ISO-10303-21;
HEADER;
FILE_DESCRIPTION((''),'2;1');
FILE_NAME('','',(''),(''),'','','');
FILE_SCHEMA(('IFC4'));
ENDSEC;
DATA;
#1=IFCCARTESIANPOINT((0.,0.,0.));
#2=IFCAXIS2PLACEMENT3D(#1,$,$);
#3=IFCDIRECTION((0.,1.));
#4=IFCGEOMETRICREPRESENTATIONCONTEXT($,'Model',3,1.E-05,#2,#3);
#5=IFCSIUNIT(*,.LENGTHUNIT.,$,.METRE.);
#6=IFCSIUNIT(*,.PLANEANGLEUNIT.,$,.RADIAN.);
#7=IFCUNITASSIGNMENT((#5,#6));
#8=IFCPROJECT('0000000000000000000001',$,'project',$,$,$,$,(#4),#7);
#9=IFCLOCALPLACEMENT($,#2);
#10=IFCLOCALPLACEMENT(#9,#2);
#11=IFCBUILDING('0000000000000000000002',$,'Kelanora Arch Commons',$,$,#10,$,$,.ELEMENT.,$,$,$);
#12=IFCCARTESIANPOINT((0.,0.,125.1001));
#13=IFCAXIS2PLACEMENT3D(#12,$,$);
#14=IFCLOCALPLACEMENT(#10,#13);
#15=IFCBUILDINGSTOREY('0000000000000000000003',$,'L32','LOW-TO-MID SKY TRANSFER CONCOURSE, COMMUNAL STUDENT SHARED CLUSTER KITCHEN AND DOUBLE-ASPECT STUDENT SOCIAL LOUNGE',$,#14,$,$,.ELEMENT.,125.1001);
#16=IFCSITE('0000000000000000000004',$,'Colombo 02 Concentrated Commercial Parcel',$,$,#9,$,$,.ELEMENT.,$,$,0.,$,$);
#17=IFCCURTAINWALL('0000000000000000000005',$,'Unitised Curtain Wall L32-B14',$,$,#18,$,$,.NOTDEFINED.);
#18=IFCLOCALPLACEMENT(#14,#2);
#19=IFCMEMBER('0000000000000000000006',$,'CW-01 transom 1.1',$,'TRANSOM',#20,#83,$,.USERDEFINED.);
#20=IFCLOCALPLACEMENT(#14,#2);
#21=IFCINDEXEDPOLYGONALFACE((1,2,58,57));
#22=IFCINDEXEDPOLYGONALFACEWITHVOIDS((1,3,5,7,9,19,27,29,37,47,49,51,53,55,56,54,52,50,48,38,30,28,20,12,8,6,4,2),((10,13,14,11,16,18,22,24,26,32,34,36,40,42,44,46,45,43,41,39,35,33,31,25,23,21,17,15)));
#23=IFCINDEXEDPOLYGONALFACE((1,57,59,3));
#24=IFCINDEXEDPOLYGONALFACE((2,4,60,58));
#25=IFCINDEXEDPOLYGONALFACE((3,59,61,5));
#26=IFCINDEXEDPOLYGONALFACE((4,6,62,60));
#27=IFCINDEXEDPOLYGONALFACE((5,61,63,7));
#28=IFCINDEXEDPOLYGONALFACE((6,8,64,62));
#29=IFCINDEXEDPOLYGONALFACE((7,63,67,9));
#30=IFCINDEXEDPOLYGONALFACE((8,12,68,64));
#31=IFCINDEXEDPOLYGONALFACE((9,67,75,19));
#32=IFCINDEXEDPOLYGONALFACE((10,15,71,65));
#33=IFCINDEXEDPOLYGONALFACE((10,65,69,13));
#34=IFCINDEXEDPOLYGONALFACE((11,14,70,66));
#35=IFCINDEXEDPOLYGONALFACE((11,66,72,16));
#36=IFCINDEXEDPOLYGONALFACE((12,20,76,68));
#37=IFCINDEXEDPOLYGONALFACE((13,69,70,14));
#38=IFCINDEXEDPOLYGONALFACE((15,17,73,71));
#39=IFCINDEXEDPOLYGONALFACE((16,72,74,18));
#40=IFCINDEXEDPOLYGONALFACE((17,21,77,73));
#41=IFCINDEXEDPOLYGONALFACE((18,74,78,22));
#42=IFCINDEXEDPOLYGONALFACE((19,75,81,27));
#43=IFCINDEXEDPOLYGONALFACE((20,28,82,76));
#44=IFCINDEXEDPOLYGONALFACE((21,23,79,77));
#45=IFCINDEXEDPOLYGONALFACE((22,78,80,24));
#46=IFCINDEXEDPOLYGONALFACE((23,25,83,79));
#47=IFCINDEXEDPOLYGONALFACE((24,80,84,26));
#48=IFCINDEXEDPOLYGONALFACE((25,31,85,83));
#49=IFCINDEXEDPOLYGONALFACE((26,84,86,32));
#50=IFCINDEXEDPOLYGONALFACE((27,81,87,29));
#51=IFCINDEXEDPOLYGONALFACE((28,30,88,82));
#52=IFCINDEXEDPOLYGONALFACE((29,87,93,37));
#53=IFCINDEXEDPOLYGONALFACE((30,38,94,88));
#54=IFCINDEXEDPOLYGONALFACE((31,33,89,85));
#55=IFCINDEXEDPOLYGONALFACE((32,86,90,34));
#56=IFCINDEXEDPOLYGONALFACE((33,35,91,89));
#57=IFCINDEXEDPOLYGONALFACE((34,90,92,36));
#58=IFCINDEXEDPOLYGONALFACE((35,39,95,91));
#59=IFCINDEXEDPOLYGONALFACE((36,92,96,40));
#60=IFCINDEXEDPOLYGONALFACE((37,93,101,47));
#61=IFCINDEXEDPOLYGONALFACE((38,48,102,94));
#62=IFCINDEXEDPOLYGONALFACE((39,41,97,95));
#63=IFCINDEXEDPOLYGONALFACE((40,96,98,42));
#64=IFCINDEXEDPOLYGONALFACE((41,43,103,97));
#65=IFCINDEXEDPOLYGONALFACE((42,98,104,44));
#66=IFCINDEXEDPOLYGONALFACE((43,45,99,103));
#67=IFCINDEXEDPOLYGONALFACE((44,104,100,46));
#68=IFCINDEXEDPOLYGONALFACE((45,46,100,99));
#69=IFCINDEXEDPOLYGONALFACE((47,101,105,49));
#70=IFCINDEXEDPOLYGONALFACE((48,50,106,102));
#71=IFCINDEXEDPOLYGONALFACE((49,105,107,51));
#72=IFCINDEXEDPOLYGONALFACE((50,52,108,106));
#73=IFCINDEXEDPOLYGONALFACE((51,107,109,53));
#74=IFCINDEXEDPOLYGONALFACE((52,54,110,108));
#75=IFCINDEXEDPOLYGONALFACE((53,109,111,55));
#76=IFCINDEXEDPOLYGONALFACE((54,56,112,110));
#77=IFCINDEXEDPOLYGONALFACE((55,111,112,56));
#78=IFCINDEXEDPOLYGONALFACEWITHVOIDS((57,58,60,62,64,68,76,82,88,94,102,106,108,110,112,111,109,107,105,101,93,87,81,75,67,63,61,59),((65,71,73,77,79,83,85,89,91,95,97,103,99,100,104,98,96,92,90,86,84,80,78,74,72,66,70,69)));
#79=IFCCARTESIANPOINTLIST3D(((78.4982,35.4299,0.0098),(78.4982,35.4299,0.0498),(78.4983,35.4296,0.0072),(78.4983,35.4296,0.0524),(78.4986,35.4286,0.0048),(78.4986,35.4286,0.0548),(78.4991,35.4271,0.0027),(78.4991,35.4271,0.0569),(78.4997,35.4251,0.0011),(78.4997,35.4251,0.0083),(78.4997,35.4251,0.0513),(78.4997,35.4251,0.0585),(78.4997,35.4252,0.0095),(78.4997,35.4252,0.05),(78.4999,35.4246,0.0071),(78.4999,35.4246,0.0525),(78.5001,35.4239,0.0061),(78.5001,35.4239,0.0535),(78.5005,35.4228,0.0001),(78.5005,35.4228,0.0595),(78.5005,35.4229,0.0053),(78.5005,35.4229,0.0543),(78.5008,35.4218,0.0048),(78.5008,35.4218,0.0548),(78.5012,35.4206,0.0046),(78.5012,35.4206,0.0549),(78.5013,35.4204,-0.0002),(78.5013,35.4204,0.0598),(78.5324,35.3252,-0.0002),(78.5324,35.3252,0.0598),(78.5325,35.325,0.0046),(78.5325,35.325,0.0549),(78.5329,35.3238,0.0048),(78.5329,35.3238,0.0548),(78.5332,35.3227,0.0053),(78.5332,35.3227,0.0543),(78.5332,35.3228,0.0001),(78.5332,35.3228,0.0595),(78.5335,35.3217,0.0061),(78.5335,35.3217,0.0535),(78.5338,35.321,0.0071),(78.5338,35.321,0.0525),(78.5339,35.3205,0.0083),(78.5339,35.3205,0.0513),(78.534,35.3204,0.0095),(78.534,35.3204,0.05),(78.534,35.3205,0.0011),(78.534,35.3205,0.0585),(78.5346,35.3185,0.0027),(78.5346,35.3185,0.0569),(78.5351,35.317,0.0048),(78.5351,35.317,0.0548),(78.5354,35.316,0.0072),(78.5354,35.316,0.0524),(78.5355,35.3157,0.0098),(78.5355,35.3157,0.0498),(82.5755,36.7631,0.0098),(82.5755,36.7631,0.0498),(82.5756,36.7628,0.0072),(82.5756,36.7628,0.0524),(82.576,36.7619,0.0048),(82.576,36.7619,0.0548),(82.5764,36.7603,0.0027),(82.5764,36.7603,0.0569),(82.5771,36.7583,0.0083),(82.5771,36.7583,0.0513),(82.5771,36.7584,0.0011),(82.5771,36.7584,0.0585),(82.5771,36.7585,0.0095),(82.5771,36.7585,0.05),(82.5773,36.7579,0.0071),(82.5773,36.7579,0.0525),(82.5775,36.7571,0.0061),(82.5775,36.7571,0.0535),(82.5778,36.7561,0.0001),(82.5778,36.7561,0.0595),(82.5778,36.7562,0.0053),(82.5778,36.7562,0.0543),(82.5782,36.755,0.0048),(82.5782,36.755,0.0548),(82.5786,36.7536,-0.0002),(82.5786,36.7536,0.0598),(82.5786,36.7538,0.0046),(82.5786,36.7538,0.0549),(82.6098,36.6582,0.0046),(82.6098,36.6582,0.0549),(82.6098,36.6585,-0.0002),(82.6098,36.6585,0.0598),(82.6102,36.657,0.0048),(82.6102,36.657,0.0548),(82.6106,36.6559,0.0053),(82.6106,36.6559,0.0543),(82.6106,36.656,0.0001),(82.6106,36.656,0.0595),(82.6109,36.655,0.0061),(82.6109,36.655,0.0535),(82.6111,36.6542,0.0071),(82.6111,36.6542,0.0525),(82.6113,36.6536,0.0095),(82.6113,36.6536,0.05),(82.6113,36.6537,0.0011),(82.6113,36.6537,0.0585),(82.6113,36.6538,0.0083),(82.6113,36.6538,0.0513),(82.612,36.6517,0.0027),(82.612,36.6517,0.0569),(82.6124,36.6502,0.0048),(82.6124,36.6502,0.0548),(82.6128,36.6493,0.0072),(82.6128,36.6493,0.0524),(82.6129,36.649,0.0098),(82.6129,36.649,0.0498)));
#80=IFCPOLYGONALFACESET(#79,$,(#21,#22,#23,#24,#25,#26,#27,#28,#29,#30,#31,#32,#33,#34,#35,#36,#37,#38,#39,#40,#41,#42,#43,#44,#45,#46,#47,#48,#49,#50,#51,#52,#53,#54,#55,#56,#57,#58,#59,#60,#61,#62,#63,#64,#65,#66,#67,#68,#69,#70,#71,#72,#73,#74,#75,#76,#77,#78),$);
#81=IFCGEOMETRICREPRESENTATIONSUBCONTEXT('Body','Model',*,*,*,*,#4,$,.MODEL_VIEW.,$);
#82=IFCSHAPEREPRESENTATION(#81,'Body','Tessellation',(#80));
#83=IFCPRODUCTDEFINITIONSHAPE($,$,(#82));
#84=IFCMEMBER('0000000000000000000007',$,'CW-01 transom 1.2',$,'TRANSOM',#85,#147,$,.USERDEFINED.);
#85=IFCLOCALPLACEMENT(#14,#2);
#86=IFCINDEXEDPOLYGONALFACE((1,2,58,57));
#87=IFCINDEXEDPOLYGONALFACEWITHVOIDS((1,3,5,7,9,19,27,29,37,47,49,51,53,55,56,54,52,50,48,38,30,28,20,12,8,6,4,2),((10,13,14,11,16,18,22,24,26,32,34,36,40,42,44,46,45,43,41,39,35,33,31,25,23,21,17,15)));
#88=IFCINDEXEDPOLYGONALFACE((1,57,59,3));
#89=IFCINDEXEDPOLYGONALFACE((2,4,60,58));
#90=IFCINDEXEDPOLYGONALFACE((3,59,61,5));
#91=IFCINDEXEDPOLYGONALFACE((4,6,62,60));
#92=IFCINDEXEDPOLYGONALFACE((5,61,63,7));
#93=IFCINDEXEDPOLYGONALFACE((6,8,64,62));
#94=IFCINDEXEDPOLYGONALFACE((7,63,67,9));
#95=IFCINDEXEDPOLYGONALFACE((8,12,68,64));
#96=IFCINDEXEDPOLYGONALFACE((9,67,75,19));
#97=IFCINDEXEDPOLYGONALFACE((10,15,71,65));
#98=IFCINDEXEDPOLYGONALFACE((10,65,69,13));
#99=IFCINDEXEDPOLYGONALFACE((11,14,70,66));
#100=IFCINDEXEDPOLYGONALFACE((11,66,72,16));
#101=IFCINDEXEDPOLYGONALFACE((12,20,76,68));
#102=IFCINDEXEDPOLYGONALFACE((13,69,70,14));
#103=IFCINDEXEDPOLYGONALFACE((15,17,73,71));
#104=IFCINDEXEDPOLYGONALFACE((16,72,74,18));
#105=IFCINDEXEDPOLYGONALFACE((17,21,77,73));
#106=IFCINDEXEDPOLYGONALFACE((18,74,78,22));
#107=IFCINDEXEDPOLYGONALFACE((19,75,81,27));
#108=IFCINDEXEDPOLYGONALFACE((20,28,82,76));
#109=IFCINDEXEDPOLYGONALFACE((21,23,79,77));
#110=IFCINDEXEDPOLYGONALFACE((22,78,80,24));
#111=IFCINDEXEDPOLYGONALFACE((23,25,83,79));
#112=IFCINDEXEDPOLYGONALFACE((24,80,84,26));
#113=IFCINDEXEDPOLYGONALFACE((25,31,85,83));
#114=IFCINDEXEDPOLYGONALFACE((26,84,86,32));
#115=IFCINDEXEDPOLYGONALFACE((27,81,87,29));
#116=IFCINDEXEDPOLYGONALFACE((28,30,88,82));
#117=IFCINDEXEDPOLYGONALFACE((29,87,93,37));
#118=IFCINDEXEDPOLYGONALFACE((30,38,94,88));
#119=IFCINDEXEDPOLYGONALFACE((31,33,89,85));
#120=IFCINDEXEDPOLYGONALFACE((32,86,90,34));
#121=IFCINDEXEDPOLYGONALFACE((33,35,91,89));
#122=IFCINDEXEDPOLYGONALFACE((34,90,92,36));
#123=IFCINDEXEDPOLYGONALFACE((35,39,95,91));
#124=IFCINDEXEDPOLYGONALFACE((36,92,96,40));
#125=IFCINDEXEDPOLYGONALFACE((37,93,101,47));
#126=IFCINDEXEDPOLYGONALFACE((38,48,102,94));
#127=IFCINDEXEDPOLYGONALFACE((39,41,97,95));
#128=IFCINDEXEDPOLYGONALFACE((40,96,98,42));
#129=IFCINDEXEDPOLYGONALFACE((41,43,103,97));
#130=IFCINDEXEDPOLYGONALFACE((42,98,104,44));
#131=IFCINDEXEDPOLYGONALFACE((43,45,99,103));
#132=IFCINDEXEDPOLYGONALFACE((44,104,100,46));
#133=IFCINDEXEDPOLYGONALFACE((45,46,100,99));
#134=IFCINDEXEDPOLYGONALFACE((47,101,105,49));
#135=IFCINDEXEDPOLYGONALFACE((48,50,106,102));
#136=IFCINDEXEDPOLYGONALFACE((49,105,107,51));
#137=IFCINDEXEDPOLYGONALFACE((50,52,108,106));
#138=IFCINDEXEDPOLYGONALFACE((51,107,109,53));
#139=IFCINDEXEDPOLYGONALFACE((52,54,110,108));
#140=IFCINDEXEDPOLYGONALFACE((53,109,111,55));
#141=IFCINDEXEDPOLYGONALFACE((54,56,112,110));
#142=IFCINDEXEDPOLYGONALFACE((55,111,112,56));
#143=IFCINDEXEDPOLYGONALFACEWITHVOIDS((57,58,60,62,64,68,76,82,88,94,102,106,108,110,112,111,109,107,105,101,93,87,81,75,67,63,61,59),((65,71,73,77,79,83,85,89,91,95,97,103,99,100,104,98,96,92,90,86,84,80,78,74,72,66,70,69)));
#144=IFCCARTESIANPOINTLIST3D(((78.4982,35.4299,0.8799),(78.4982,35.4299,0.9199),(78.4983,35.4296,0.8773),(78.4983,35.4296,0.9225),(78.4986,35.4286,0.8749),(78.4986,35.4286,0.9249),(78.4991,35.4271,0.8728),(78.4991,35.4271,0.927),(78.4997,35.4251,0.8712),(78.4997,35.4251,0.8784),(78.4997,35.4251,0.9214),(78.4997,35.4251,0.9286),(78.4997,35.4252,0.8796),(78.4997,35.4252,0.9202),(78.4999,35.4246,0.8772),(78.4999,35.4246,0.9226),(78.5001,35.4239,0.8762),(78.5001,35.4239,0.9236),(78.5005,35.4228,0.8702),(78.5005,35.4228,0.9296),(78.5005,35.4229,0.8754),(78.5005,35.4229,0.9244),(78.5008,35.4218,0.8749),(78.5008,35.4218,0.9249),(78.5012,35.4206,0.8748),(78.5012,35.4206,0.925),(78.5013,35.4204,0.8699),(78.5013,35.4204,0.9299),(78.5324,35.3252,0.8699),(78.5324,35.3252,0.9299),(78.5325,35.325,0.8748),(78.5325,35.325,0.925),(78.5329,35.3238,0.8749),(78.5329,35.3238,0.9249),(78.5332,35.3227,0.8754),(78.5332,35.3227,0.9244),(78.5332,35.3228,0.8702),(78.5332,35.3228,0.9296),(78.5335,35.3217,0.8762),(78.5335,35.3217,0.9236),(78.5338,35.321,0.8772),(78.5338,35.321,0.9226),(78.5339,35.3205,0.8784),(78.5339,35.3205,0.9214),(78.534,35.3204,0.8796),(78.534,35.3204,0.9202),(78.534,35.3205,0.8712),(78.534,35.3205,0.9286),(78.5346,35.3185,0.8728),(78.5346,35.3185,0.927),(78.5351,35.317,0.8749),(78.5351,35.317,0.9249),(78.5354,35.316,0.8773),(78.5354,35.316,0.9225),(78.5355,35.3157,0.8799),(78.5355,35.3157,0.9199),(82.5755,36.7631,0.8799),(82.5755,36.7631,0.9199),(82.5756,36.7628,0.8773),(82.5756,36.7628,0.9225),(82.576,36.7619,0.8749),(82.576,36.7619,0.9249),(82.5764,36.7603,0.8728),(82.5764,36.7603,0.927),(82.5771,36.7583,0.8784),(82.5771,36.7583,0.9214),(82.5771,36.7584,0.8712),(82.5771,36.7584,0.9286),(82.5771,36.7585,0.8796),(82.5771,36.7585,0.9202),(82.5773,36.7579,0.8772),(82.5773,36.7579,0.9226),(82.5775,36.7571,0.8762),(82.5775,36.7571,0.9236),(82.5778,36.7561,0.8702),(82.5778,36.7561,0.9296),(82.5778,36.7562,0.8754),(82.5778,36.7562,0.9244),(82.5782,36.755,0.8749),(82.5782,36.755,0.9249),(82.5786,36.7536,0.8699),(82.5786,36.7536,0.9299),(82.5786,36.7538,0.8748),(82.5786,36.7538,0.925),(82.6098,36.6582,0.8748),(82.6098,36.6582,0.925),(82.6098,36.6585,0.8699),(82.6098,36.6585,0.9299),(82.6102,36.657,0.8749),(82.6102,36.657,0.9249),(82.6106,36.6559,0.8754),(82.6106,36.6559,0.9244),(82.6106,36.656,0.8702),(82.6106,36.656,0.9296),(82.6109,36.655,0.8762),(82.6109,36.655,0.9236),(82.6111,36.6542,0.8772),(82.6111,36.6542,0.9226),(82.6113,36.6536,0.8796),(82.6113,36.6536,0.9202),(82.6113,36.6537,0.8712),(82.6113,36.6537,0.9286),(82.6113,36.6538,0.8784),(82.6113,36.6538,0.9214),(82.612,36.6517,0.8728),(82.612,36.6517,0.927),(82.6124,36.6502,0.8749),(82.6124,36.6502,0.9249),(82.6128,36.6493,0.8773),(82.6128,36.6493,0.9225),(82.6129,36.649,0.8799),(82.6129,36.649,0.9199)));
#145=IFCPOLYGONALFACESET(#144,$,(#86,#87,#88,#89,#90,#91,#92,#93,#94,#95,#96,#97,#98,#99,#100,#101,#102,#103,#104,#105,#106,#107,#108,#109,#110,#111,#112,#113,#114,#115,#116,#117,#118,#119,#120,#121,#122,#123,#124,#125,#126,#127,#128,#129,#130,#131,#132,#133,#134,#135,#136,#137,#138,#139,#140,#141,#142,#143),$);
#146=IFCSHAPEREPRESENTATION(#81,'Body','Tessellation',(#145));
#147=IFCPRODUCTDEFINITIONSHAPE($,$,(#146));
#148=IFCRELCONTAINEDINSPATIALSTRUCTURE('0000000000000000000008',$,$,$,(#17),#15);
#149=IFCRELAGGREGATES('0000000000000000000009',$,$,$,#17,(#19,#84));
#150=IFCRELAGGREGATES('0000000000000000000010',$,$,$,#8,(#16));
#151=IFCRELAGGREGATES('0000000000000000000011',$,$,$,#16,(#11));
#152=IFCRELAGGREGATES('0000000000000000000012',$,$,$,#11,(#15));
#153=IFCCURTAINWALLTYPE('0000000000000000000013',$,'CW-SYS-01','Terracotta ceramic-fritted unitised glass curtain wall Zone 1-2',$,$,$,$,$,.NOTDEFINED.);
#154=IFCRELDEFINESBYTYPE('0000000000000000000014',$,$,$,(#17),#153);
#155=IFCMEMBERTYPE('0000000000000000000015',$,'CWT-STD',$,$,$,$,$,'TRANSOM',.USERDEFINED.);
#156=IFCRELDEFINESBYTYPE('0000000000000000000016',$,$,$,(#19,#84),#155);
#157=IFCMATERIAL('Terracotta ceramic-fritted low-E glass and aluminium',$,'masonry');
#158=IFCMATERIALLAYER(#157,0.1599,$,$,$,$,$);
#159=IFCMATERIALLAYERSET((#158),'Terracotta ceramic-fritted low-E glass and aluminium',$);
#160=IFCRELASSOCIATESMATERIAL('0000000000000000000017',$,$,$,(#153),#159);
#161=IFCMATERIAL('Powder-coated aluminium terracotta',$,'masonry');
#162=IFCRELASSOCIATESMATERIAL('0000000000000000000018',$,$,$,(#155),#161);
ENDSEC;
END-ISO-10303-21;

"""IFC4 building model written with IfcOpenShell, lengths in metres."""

from ifc_helpers import new_model, si_unit, direction, frame, origin, origin_2d, place, context, subcontext, project, spatial, hollow_rectangle, extrude, material, layer, layer_set, material_profile, profile_set, type_object, element, aggregate, save


model = new_model("IFC4")

# Units and contexts
model_context = context("Model", 3, precision=1e-05, world=origin(), true_north=direction((0.0, 1.0)))
body_context = subcontext(model_context, "Body", "Model", "MODEL_VIEW")
ifc_project = project(units=[si_unit("LENGTHUNIT", "METRE"), si_unit("PLANEANGLEUNIT", "RADIAN")], contexts=[model_context])

# Site, building, storey
site_placement = place(None, origin())
site = spatial("IfcSite", under=ifc_project, at=site_placement, Name="Colombo 02 Concentrated Commercial Parcel", CompositionType="ELEMENT", RefElevation=0.0)
building_placement = place(site_placement, origin())
building = spatial("IfcBuilding", under=site, at=building_placement, Name="Kelanora Arch Commons", CompositionType="ELEMENT")
storey_placement = place(building_placement, frame((0.0, 0.0, 125.1001)))
storey = spatial("IfcBuildingStorey", under=building, at=storey_placement, Name="L32", Description="LOW-TO-MID SKY TRANSFER CONCOURSE, COMMUNAL STUDENT SHARED CLUSTER KITCHEN AND DOUBLE-ASPECT STUDENT SOCIAL LOUNGE", CompositionType="ELEMENT", Elevation=125.1001)

# Curtain wall, members
ifc_material_1 = material(Name="Terracotta ceramic-fritted low-E glass and aluminium", Category="masonry")
ifc_layer_1 = layer(ifc_material_1, 0.1599)
ifc_layer_set_1 = layer_set([ifc_layer_1], Name="Terracotta ceramic-fritted low-E glass and aluminium")
curtain_wall_type = type_object("IfcCurtainWallType", Name="CW-SYS-01", Description="Terracotta ceramic-fritted unitised glass curtain wall Zone 1-2", PredefinedType="NOTDEFINED", material=ifc_layer_set_1)
curtain_wall_placement = place(storey_placement, origin())
curtain_wall = element("IfcCurtainWall", 1, at=curtain_wall_placement, inside=storey, type_object=curtain_wall_type, Name="Unitised Curtain Wall L32-B14", PredefinedType="NOTDEFINED")
ifc_material_2 = material(Name="Powder-coated aluminium terracotta", Category="masonry")
ifc_material_profile_1 = material_profile(ifc_material_2, hollow_rectangle(XDim=0.1201, YDim=0.0601, WallThickness=0.0049, InnerFilletRadius=0.0049, OuterFilletRadius=0.01, at=origin_2d()), Name="CWT120x60")
ifc_profile_set_1 = profile_set([ifc_material_profile_1], Name="Powder-coated aluminium terracotta")
member_type_1 = type_object("IfcMemberType", Name="CWT-STD", ElementType="TRANSOM", PredefinedType="USERDEFINED", material=ifc_profile_set_1)
member_1_placement = place(storey_placement, frame((78.5168, 35.3728, 0.0298), z_axis=(0.950478, 0.310793, 0.0), x_axis=(-0.310793, 0.950478, 0.0)))
member_1 = element("IfcMember", 2, at=member_1_placement, type_object=member_type_1, Name="CW-01 transom 1.1", ObjectType="TRANSOM", PredefinedType="USERDEFINED", context=body_context, shape_type="SweptSolid", body=[
    extrude(hollow_rectangle(XDim=0.1201, YDim=0.0601, WallThickness=0.0049, InnerFilletRadius=0.0049, OuterFilletRadius=0.01, at=origin_2d()), origin(), (0.0, 0.0, 1.0), 4.2898),
])
member_2_placement = place(storey_placement, frame((78.5168, 35.3728, 0.8999), z_axis=(0.950478, 0.310793, 0.0), x_axis=(-0.310793, 0.950478, 0.0)))
member_2 = element("IfcMember", 3, at=member_2_placement, type_object=member_type_1, Name="CW-01 transom 1.2", ObjectType="TRANSOM", PredefinedType="USERDEFINED", context=body_context, shape_type="SweptSolid", body=[
    extrude(hollow_rectangle(XDim=0.1201, YDim=0.0601, WallThickness=0.0049, InnerFilletRadius=0.0049, OuterFilletRadius=0.01, at=origin_2d()), origin(), (0.0, 0.0, 1.0), 4.2898),
])
aggregate(curtain_wall, [member_1, member_2])

save(model, "model.ifc")
